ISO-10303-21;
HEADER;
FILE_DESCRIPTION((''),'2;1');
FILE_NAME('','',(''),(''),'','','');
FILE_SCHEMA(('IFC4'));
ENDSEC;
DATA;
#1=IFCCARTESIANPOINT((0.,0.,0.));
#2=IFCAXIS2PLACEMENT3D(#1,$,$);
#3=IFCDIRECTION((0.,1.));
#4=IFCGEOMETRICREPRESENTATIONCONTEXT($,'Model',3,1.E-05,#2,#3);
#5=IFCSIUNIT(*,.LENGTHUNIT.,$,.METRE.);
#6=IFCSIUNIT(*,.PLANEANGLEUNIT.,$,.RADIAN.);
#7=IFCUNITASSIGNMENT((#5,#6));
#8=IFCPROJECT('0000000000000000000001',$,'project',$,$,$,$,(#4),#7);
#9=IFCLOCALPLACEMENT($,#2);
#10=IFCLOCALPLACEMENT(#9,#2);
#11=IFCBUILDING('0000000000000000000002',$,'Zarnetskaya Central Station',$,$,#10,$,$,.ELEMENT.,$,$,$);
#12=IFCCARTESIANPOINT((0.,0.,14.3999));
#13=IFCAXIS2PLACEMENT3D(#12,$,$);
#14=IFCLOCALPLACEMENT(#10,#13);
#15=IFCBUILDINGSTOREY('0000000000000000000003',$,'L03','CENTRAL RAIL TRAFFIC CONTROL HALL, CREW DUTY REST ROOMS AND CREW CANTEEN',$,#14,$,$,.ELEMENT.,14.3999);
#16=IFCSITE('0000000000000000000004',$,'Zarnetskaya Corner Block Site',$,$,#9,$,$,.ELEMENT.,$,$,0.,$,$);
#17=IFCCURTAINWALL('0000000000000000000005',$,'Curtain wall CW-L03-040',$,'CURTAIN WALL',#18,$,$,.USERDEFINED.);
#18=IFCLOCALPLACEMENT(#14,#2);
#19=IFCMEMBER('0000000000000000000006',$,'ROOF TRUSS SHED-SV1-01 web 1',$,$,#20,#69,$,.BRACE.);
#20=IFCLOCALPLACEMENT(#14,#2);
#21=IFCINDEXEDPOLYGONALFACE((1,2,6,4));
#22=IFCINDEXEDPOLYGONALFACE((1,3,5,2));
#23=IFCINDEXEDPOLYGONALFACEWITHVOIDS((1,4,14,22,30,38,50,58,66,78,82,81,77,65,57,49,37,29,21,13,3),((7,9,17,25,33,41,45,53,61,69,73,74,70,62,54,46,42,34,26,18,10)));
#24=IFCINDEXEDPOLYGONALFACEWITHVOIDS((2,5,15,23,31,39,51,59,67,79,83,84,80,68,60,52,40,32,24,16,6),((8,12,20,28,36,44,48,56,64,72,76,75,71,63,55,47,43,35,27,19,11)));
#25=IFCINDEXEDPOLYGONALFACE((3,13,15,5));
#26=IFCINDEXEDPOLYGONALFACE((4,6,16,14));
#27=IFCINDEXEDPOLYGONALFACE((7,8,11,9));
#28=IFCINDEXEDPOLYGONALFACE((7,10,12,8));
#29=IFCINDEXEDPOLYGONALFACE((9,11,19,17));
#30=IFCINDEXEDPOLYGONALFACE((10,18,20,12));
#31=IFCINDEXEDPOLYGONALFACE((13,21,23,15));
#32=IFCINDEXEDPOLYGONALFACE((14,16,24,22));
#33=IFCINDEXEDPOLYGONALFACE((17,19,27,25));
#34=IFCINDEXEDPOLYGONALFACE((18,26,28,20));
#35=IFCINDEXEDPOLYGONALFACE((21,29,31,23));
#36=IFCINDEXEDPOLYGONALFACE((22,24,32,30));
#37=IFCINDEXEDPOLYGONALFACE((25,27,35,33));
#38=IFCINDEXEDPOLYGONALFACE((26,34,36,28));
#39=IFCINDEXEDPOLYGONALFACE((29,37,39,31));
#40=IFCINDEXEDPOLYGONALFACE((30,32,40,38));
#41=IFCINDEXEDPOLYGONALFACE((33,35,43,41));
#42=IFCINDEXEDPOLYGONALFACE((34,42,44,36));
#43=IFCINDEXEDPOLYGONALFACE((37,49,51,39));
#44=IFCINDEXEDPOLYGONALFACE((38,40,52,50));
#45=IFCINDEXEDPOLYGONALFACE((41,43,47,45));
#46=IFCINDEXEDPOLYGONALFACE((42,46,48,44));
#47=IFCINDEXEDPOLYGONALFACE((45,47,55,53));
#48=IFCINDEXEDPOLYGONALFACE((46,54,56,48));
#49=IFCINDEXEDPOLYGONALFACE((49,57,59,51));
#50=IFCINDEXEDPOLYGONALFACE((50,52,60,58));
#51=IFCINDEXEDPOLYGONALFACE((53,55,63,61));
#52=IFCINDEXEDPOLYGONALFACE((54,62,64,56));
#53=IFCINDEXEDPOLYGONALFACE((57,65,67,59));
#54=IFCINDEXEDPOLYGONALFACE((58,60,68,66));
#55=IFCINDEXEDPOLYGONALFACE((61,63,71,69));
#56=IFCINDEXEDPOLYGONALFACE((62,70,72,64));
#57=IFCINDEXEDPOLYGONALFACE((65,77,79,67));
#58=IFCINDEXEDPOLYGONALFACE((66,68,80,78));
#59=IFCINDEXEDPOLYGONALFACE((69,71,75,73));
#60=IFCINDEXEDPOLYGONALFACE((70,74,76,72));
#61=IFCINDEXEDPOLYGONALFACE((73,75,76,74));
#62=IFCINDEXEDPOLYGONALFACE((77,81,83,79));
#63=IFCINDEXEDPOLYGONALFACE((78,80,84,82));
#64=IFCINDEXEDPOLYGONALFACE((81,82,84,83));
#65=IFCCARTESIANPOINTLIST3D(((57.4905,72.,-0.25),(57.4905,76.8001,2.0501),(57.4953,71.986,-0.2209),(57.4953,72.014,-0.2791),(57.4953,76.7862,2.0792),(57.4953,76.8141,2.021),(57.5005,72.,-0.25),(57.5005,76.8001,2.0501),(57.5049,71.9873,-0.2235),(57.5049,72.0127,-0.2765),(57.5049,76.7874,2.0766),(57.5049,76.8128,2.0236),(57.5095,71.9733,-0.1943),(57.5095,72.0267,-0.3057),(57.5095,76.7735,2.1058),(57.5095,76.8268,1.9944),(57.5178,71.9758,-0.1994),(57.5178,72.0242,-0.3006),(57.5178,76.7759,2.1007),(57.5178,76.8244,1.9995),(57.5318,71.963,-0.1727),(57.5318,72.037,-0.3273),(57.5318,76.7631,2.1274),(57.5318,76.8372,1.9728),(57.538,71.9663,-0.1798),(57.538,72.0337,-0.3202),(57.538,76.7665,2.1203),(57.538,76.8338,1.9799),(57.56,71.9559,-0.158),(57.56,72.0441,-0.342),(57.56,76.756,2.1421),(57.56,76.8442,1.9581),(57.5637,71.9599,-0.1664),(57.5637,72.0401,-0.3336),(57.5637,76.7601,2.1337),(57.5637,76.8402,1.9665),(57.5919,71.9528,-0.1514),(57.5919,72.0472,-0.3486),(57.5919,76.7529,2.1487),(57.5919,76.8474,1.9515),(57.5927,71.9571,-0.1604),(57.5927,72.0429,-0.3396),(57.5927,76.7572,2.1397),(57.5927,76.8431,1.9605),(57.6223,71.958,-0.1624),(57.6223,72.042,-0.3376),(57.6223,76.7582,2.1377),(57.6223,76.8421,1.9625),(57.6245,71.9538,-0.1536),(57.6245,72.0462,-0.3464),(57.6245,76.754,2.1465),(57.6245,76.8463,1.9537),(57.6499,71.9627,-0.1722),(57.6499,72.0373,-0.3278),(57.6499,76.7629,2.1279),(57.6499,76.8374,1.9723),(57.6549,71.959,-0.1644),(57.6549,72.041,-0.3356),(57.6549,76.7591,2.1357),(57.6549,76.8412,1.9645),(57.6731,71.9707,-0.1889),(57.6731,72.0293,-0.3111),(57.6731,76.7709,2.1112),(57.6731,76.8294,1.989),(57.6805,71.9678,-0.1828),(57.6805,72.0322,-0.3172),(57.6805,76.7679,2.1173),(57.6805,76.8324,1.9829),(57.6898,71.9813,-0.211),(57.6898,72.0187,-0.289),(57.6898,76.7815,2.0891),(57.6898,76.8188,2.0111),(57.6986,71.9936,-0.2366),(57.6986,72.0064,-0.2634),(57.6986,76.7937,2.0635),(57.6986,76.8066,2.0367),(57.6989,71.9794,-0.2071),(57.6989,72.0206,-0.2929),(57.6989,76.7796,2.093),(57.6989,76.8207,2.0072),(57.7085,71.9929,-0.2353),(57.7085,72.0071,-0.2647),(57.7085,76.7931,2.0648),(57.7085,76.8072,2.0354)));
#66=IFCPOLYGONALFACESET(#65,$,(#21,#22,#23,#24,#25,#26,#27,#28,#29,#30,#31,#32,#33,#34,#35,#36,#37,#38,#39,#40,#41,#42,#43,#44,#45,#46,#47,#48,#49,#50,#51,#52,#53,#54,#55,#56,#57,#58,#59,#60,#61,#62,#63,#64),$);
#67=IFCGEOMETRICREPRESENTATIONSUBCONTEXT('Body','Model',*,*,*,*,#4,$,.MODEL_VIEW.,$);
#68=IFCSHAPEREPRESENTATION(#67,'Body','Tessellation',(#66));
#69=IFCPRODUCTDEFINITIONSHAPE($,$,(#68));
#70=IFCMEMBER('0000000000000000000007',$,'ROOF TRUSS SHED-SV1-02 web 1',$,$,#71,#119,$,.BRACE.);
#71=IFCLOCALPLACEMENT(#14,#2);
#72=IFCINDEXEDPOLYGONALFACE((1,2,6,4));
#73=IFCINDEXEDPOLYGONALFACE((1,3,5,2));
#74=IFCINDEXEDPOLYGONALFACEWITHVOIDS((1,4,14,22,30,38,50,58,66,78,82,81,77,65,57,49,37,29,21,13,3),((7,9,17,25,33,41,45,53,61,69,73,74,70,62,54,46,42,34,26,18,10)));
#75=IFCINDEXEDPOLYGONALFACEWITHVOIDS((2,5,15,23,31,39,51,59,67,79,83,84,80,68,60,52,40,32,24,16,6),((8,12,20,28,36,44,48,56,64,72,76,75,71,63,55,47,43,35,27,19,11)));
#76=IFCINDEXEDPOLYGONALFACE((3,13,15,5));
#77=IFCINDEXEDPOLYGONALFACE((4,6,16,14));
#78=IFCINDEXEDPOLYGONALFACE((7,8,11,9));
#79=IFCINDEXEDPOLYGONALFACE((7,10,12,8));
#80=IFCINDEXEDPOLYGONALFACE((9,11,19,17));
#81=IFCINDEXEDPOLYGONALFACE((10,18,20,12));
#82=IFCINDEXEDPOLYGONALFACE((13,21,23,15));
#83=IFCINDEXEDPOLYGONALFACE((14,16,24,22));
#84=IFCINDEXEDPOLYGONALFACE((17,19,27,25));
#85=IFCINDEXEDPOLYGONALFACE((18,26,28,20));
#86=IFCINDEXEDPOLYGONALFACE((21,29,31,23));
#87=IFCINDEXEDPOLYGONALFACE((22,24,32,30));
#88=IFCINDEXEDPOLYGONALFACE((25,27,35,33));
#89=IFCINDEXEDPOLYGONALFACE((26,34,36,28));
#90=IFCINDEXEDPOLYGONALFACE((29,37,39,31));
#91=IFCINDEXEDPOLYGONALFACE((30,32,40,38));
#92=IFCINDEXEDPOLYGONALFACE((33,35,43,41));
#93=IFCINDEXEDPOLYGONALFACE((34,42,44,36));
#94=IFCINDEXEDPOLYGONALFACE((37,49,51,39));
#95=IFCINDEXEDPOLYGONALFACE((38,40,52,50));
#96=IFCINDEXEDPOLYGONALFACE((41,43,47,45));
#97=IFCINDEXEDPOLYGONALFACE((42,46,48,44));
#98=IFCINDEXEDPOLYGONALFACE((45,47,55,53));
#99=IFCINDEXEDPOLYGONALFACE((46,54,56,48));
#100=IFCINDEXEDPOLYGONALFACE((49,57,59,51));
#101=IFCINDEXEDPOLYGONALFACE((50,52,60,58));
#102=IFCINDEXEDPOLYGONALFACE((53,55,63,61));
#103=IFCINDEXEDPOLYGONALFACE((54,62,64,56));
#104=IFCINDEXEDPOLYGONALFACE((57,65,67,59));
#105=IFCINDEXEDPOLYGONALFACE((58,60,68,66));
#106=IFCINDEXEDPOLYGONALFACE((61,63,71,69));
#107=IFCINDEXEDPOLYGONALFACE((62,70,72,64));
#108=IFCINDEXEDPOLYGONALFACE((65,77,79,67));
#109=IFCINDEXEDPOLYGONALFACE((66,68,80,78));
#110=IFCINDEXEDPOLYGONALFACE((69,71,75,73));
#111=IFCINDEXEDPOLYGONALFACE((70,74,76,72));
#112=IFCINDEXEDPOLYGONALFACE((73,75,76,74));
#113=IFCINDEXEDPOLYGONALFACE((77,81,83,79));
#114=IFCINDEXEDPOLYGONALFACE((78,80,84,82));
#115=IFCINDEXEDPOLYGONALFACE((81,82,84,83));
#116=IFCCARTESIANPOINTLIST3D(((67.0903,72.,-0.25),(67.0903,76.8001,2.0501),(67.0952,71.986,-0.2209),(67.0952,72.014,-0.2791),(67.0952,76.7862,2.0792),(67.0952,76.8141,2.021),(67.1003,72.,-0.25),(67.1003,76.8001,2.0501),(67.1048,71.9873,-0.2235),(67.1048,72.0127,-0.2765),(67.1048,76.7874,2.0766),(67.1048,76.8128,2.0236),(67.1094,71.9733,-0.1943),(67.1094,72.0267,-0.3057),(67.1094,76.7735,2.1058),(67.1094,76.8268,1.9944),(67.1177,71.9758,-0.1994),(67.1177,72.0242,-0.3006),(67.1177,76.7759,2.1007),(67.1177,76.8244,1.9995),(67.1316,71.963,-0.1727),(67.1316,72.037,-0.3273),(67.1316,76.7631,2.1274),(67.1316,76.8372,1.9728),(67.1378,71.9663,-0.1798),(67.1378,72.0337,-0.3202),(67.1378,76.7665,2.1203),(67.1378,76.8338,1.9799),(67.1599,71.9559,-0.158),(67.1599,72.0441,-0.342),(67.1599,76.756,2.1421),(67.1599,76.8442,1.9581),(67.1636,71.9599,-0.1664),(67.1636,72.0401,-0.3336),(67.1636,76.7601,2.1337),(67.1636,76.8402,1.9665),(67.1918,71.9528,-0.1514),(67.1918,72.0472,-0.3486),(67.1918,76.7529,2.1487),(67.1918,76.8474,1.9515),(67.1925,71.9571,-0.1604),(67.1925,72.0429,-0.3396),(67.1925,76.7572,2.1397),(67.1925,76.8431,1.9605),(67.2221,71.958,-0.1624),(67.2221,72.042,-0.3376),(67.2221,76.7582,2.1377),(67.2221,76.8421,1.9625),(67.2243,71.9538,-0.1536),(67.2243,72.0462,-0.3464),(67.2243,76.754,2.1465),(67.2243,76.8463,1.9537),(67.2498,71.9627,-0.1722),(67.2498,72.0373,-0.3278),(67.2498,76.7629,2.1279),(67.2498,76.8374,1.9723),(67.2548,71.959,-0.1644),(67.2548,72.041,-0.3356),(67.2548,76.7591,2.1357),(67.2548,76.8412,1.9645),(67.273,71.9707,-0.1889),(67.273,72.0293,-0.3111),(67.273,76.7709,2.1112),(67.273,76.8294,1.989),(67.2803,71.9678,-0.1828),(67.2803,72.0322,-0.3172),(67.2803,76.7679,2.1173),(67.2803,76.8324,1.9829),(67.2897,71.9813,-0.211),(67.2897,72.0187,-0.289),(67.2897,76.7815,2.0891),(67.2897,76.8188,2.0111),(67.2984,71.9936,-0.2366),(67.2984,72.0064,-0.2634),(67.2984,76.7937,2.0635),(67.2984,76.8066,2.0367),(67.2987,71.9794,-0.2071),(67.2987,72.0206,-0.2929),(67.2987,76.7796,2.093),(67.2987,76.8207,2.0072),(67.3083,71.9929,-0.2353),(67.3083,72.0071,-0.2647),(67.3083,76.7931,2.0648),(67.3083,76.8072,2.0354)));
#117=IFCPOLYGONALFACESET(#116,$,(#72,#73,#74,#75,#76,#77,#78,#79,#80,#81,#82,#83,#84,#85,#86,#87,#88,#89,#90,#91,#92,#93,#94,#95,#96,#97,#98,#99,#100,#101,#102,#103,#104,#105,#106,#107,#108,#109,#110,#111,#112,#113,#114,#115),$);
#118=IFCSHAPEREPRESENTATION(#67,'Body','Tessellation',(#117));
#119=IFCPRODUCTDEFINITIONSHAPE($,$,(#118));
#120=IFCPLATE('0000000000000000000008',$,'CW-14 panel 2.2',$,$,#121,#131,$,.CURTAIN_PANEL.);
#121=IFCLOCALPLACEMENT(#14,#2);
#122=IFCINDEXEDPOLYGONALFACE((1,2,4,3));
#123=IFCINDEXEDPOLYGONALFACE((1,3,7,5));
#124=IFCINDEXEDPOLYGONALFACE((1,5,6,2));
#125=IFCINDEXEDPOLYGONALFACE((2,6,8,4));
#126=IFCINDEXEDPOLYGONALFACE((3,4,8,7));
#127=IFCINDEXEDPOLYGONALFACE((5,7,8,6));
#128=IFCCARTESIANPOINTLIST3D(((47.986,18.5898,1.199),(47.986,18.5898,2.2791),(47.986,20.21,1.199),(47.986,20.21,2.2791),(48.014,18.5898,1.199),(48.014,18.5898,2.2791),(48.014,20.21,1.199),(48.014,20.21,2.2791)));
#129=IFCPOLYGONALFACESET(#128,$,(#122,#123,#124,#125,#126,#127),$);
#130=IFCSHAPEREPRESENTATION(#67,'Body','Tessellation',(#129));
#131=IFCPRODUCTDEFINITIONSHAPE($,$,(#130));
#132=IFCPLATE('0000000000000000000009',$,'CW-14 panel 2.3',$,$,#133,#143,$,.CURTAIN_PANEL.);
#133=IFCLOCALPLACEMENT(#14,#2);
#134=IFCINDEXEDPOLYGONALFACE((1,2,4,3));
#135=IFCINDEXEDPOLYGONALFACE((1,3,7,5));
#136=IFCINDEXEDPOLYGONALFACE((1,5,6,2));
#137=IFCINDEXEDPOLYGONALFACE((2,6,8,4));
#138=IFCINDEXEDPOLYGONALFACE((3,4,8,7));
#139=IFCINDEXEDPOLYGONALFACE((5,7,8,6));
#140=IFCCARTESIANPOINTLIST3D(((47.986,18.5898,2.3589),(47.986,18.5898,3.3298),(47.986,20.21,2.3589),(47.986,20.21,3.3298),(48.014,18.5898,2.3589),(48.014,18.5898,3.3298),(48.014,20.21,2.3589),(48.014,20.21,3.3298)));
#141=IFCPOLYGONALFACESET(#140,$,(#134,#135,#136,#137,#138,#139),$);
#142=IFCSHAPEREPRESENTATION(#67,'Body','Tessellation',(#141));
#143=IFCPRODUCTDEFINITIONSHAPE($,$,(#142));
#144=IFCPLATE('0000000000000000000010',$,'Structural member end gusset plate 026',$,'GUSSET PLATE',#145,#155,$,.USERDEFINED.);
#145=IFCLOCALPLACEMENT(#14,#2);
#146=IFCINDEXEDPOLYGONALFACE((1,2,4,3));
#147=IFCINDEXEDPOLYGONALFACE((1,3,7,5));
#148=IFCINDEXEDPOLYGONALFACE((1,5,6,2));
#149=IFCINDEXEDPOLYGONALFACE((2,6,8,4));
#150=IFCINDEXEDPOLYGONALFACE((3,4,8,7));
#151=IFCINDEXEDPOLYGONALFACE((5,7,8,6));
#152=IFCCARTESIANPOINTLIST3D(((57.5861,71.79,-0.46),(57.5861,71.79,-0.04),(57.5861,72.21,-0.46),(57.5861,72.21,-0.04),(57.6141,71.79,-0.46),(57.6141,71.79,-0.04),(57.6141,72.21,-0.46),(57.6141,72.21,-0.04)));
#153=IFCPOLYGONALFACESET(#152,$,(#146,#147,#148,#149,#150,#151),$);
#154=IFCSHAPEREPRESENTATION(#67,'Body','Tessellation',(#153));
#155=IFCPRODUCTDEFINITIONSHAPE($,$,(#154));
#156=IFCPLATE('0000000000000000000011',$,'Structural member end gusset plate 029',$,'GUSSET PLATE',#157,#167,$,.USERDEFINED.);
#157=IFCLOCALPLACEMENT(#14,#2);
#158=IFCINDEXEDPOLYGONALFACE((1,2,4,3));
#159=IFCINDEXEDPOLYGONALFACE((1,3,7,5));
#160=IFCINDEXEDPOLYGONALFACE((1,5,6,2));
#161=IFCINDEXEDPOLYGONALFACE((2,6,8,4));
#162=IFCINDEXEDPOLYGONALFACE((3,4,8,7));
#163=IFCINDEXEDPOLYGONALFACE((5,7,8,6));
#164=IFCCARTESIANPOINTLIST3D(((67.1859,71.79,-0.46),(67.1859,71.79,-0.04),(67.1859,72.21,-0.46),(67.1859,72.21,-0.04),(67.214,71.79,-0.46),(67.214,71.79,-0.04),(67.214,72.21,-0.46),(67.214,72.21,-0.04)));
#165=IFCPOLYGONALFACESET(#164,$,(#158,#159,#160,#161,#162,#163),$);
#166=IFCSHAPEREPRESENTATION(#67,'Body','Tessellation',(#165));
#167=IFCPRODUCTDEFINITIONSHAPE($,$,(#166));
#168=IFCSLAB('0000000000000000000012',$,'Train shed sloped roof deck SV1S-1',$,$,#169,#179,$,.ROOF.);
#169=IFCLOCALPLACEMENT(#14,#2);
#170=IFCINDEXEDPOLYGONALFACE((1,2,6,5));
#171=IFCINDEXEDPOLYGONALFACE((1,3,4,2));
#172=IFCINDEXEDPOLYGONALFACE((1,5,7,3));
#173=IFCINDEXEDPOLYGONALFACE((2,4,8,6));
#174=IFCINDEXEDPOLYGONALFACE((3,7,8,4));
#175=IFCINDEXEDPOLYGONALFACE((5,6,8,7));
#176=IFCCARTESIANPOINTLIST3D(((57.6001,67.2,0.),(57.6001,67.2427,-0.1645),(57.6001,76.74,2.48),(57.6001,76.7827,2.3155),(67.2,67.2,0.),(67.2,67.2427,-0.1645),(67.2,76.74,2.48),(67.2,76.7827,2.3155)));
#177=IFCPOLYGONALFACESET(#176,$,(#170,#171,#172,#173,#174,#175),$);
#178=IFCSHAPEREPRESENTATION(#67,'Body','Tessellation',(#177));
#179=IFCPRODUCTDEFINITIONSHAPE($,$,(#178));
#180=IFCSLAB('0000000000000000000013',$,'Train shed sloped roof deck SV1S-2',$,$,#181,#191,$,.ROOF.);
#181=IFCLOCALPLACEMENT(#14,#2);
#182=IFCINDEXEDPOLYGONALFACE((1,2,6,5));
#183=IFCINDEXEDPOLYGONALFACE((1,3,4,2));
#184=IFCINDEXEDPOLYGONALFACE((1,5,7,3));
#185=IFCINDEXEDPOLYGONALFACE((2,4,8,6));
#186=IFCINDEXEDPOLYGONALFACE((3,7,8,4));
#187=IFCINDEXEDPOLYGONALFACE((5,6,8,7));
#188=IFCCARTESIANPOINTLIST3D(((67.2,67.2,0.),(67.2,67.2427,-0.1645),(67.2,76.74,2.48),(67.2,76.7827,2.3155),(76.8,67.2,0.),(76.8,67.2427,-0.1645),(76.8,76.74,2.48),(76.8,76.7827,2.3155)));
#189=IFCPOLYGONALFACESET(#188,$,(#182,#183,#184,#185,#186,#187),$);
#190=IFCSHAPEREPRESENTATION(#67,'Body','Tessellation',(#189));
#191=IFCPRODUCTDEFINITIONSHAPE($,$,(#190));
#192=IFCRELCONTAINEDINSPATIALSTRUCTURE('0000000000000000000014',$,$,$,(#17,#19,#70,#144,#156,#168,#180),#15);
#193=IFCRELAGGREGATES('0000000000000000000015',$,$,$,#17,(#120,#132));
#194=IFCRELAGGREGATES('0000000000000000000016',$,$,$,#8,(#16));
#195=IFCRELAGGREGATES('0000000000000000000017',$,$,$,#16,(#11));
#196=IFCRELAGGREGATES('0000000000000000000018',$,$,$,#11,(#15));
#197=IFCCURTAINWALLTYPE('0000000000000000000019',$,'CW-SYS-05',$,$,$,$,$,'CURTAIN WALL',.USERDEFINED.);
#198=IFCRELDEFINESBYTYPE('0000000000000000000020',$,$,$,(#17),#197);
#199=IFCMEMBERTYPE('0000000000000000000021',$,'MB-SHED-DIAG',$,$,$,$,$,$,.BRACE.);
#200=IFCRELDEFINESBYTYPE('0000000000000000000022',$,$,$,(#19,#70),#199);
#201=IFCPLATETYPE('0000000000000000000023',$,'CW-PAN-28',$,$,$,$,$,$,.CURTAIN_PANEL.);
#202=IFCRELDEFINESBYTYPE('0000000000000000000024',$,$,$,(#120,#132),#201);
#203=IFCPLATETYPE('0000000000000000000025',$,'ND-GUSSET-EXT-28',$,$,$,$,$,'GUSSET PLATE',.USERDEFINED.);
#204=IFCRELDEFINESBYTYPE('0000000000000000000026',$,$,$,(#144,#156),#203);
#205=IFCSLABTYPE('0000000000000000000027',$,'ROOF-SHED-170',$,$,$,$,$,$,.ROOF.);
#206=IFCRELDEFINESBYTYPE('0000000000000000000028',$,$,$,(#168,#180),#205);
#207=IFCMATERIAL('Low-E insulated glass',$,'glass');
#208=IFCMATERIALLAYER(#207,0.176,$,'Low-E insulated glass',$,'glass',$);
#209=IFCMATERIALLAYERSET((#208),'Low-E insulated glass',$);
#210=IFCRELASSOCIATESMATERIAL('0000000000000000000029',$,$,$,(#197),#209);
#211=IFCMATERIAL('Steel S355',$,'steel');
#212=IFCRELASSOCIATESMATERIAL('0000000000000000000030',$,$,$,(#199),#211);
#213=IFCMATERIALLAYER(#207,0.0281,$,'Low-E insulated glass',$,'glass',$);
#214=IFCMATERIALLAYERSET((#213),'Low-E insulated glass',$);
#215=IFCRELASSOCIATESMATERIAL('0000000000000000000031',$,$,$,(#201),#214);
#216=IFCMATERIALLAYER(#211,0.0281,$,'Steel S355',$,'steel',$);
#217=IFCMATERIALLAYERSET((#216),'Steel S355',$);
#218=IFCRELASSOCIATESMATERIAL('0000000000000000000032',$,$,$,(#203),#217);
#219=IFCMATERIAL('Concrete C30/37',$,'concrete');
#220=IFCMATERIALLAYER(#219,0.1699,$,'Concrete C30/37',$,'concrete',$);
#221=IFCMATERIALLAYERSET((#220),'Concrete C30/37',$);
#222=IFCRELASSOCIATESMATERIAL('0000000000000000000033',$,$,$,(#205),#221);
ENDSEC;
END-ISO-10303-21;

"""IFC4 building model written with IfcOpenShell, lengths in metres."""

from ifc_helpers import new_model, si_unit, direction, frame, origin, origin_2d, place, context, subcontext, project, spatial, polyline, rectangle, hollow_circle, outline, extrude, material, layer, layer_set, material_profile, profile_set, type_object, element, aggregate, save


model = new_model("IFC4")

# Units and contexts
model_context = context("Model", 3, precision=1e-05, world=origin(), true_north=direction((0.0, 1.0)))
body_context = subcontext(model_context, "Body", "Model", "MODEL_VIEW")
ifc_project = project(units=[si_unit("LENGTHUNIT", "METRE"), si_unit("PLANEANGLEUNIT", "RADIAN")], contexts=[model_context])

# Site, building, storey
site_placement = place(None, origin())
site = spatial("IfcSite", under=ifc_project, at=site_placement, Name="Zarnetskaya Corner Block Site", CompositionType="ELEMENT", RefElevation=0.0)
building_placement = place(site_placement, origin())
building = spatial("IfcBuilding", under=site, at=building_placement, Name="Zarnetskaya Central Station", CompositionType="ELEMENT")
storey_placement = place(building_placement, frame((0.0, 0.0, 14.3999)))
storey = spatial("IfcBuildingStorey", under=building, at=storey_placement, Name="L03", Description="CENTRAL RAIL TRAFFIC CONTROL HALL, CREW DUTY REST ROOMS AND CREW CANTEEN", CompositionType="ELEMENT", Elevation=14.3999)

# Curtain wall
ifc_material_1 = material(Name="Low-E insulated glass", Category="glass")
ifc_layer_1 = layer(ifc_material_1, 0.176, Name="Low-E insulated glass", Category="glass")
ifc_layer_set_1 = layer_set([ifc_layer_1], Name="Low-E insulated glass")
curtain_wall_type = type_object("IfcCurtainWallType", Name="CW-SYS-05", ElementType="CURTAIN WALL", PredefinedType="USERDEFINED", material=ifc_layer_set_1)
curtain_wall_placement = place(storey_placement, origin())
curtain_wall = element("IfcCurtainWall", 1, at=curtain_wall_placement, inside=storey, type_object=curtain_wall_type, Name="Curtain wall CW-L03-040", ObjectType="CURTAIN WALL", PredefinedType="USERDEFINED")

# Shared definitions
ifc_material_2 = material(Name="Steel S355", Category="steel")

# Members
ifc_material_profile_1 = material_profile(ifc_material_2, hollow_circle(Radius=0.1096, WallThickness=0.01, at=origin_2d()), Name="CHS 219.1x10")
ifc_profile_set_1 = profile_set([ifc_material_profile_1], Name="Steel S355")
member_type_1 = type_object("IfcMemberType", Name="MB-SHED-DIAG", PredefinedType="BRACE", material=ifc_profile_set_1)
for number, where, z_axis, x_axis, name in (
    (2, (57.6001, 72.0, -0.25), (0.0, 0.901814, 0.432124), (-1.0, 0.0, 0.0), "ROOF TRUSS SHED-SV1-01 web 1"),
    (3, (67.2, 72.0, -0.25), (0.0, 0.901814, 0.432124), (-1.0, 0.0, 0.0), "ROOF TRUSS SHED-SV1-02 web 1"),
):
    element("IfcMember", number, at=place(storey_placement, frame(where, z_axis=z_axis, x_axis=x_axis)), inside=storey, type_object=member_type_1, Name=name, PredefinedType="BRACE", context=body_context, shape_type="SweptSolid", body=[
        extrude(hollow_circle(Radius=0.1096, WallThickness=0.01, at=origin_2d()), origin(), (0.0, 0.0, 1.0), 5.3228),
    ])

# Plates
ifc_layer_2 = layer(ifc_material_1, 0.0281, Name="Low-E insulated glass", Category="glass")
ifc_layer_set_2 = layer_set([ifc_layer_2], Name="Low-E insulated glass")
plate_type_1 = type_object("IfcPlateType", Name="CW-PAN-28", PredefinedType="CURTAIN_PANEL", material=ifc_layer_set_2)
plate_1_placement = place(storey_placement, frame((48.0, 19.3999, 1.199), z_axis=(0.0, 0.0, 1.0), x_axis=(0.0, -1.0, 0.0)))
plate_1 = element("IfcPlate", 4, at=plate_1_placement, type_object=plate_type_1, Name="CW-14 panel 2.2", PredefinedType="CURTAIN_PANEL", context=body_context, shape_type="SweptSolid", body=[
    extrude(rectangle(XDim=1.6201, YDim=0.0281, at=origin_2d()), origin(), (0.0, 0.0, 1.0), 1.0801),
])
plate_2_placement = place(storey_placement, frame((48.0, 19.3999, 2.3589), z_axis=(0.0, 0.0, 1.0), x_axis=(0.0, -1.0, 0.0)))
plate_2 = element("IfcPlate", 5, at=plate_2_placement, type_object=plate_type_1, Name="CW-14 panel 2.3", PredefinedType="CURTAIN_PANEL", context=body_context, shape_type="SweptSolid", body=[
    extrude(rectangle(XDim=1.6201, YDim=0.0281, at=origin_2d()), origin(), (0.0, 0.0, 1.0), 0.9709),
])
aggregate(curtain_wall, [plate_1, plate_2])

# Plates
ifc_layer_3 = layer(ifc_material_2, 0.0281, Name="Steel S355", Category="steel")
ifc_layer_set_3 = layer_set([ifc_layer_3], Name="Steel S355")
plate_type_2 = type_object("IfcPlateType", Name="ND-GUSSET-EXT-28", ElementType="GUSSET PLATE", PredefinedType="USERDEFINED", material=ifc_layer_set_3)
for number, where, z_axis, x_axis, name in (
    (6, (57.6001, 72.0, -0.46), (0.0, 0.0, 1.0), (1.0, 0.0, 0.0), "Structural member end gusset plate 026"),
    (7, (67.2, 72.0, -0.46), (0.0, 0.0, 1.0), (1.0, 0.0, 0.0), "Structural member end gusset plate 029"),
):
    element("IfcPlate", number, at=place(storey_placement, frame(where, z_axis=z_axis, x_axis=x_axis)), inside=storey, type_object=plate_type_2, Name=name, ObjectType="GUSSET PLATE", PredefinedType="USERDEFINED", context=body_context, shape_type="SweptSolid", body=[
        extrude(rectangle(XDim=0.0281, YDim=0.4199, at=origin_2d()), origin(), (0.0, 0.0, 1.0), 0.4199),
    ])

# Slabs
ifc_material_3 = material(Name="Concrete C30/37", Category="concrete")
ifc_layer_4 = layer(ifc_material_3, 0.1699, Name="Concrete C30/37", Category="concrete")
ifc_layer_set_4 = layer_set([ifc_layer_4], Name="Concrete C30/37")
slab_type = type_object("IfcSlabType", Name="ROOF-SHED-170", PredefinedType="ROOF", material=ifc_layer_set_4)
slab_1_placement = place(storey_placement, frame((57.6001, 67.2, 0.0), z_axis=(0.0, -0.251593, 0.967833), x_axis=(1.0, 0.0, 0.0)))
element("IfcSlab", 8, at=slab_1_placement, inside=storey, type_object=slab_type, Name="Train shed sloped roof deck SV1S-1", PredefinedType="ROOF", context=body_context, shape_type="SweptSolid", body=[
    extrude(outline(polyline([(0.0, 0.0), (9.5999, 0.0), (9.5999, 9.8571), (0.0, 9.8571), (0.0, 0.0)])), origin(), (0.0, 0.0, -1.0), 0.1699),
])
slab_2_placement = place(storey_placement, frame((67.2, 67.2, 0.0), z_axis=(0.0, -0.251593, 0.967833), x_axis=(1.0, 0.0, 0.0)))
element("IfcSlab", 9, at=slab_2_placement, inside=storey, type_object=slab_type, Name="Train shed sloped roof deck SV1S-2", PredefinedType="ROOF", context=body_context, shape_type="SweptSolid", body=[
    extrude(outline(polyline([(0.0, 0.0), (9.6001, 0.0), (9.6001, 9.8571), (0.0, 9.8571), (0.0, 0.0)])), origin(), (0.0, 0.0, -1.0), 0.1699),
])

save(model, "model.ifc")
